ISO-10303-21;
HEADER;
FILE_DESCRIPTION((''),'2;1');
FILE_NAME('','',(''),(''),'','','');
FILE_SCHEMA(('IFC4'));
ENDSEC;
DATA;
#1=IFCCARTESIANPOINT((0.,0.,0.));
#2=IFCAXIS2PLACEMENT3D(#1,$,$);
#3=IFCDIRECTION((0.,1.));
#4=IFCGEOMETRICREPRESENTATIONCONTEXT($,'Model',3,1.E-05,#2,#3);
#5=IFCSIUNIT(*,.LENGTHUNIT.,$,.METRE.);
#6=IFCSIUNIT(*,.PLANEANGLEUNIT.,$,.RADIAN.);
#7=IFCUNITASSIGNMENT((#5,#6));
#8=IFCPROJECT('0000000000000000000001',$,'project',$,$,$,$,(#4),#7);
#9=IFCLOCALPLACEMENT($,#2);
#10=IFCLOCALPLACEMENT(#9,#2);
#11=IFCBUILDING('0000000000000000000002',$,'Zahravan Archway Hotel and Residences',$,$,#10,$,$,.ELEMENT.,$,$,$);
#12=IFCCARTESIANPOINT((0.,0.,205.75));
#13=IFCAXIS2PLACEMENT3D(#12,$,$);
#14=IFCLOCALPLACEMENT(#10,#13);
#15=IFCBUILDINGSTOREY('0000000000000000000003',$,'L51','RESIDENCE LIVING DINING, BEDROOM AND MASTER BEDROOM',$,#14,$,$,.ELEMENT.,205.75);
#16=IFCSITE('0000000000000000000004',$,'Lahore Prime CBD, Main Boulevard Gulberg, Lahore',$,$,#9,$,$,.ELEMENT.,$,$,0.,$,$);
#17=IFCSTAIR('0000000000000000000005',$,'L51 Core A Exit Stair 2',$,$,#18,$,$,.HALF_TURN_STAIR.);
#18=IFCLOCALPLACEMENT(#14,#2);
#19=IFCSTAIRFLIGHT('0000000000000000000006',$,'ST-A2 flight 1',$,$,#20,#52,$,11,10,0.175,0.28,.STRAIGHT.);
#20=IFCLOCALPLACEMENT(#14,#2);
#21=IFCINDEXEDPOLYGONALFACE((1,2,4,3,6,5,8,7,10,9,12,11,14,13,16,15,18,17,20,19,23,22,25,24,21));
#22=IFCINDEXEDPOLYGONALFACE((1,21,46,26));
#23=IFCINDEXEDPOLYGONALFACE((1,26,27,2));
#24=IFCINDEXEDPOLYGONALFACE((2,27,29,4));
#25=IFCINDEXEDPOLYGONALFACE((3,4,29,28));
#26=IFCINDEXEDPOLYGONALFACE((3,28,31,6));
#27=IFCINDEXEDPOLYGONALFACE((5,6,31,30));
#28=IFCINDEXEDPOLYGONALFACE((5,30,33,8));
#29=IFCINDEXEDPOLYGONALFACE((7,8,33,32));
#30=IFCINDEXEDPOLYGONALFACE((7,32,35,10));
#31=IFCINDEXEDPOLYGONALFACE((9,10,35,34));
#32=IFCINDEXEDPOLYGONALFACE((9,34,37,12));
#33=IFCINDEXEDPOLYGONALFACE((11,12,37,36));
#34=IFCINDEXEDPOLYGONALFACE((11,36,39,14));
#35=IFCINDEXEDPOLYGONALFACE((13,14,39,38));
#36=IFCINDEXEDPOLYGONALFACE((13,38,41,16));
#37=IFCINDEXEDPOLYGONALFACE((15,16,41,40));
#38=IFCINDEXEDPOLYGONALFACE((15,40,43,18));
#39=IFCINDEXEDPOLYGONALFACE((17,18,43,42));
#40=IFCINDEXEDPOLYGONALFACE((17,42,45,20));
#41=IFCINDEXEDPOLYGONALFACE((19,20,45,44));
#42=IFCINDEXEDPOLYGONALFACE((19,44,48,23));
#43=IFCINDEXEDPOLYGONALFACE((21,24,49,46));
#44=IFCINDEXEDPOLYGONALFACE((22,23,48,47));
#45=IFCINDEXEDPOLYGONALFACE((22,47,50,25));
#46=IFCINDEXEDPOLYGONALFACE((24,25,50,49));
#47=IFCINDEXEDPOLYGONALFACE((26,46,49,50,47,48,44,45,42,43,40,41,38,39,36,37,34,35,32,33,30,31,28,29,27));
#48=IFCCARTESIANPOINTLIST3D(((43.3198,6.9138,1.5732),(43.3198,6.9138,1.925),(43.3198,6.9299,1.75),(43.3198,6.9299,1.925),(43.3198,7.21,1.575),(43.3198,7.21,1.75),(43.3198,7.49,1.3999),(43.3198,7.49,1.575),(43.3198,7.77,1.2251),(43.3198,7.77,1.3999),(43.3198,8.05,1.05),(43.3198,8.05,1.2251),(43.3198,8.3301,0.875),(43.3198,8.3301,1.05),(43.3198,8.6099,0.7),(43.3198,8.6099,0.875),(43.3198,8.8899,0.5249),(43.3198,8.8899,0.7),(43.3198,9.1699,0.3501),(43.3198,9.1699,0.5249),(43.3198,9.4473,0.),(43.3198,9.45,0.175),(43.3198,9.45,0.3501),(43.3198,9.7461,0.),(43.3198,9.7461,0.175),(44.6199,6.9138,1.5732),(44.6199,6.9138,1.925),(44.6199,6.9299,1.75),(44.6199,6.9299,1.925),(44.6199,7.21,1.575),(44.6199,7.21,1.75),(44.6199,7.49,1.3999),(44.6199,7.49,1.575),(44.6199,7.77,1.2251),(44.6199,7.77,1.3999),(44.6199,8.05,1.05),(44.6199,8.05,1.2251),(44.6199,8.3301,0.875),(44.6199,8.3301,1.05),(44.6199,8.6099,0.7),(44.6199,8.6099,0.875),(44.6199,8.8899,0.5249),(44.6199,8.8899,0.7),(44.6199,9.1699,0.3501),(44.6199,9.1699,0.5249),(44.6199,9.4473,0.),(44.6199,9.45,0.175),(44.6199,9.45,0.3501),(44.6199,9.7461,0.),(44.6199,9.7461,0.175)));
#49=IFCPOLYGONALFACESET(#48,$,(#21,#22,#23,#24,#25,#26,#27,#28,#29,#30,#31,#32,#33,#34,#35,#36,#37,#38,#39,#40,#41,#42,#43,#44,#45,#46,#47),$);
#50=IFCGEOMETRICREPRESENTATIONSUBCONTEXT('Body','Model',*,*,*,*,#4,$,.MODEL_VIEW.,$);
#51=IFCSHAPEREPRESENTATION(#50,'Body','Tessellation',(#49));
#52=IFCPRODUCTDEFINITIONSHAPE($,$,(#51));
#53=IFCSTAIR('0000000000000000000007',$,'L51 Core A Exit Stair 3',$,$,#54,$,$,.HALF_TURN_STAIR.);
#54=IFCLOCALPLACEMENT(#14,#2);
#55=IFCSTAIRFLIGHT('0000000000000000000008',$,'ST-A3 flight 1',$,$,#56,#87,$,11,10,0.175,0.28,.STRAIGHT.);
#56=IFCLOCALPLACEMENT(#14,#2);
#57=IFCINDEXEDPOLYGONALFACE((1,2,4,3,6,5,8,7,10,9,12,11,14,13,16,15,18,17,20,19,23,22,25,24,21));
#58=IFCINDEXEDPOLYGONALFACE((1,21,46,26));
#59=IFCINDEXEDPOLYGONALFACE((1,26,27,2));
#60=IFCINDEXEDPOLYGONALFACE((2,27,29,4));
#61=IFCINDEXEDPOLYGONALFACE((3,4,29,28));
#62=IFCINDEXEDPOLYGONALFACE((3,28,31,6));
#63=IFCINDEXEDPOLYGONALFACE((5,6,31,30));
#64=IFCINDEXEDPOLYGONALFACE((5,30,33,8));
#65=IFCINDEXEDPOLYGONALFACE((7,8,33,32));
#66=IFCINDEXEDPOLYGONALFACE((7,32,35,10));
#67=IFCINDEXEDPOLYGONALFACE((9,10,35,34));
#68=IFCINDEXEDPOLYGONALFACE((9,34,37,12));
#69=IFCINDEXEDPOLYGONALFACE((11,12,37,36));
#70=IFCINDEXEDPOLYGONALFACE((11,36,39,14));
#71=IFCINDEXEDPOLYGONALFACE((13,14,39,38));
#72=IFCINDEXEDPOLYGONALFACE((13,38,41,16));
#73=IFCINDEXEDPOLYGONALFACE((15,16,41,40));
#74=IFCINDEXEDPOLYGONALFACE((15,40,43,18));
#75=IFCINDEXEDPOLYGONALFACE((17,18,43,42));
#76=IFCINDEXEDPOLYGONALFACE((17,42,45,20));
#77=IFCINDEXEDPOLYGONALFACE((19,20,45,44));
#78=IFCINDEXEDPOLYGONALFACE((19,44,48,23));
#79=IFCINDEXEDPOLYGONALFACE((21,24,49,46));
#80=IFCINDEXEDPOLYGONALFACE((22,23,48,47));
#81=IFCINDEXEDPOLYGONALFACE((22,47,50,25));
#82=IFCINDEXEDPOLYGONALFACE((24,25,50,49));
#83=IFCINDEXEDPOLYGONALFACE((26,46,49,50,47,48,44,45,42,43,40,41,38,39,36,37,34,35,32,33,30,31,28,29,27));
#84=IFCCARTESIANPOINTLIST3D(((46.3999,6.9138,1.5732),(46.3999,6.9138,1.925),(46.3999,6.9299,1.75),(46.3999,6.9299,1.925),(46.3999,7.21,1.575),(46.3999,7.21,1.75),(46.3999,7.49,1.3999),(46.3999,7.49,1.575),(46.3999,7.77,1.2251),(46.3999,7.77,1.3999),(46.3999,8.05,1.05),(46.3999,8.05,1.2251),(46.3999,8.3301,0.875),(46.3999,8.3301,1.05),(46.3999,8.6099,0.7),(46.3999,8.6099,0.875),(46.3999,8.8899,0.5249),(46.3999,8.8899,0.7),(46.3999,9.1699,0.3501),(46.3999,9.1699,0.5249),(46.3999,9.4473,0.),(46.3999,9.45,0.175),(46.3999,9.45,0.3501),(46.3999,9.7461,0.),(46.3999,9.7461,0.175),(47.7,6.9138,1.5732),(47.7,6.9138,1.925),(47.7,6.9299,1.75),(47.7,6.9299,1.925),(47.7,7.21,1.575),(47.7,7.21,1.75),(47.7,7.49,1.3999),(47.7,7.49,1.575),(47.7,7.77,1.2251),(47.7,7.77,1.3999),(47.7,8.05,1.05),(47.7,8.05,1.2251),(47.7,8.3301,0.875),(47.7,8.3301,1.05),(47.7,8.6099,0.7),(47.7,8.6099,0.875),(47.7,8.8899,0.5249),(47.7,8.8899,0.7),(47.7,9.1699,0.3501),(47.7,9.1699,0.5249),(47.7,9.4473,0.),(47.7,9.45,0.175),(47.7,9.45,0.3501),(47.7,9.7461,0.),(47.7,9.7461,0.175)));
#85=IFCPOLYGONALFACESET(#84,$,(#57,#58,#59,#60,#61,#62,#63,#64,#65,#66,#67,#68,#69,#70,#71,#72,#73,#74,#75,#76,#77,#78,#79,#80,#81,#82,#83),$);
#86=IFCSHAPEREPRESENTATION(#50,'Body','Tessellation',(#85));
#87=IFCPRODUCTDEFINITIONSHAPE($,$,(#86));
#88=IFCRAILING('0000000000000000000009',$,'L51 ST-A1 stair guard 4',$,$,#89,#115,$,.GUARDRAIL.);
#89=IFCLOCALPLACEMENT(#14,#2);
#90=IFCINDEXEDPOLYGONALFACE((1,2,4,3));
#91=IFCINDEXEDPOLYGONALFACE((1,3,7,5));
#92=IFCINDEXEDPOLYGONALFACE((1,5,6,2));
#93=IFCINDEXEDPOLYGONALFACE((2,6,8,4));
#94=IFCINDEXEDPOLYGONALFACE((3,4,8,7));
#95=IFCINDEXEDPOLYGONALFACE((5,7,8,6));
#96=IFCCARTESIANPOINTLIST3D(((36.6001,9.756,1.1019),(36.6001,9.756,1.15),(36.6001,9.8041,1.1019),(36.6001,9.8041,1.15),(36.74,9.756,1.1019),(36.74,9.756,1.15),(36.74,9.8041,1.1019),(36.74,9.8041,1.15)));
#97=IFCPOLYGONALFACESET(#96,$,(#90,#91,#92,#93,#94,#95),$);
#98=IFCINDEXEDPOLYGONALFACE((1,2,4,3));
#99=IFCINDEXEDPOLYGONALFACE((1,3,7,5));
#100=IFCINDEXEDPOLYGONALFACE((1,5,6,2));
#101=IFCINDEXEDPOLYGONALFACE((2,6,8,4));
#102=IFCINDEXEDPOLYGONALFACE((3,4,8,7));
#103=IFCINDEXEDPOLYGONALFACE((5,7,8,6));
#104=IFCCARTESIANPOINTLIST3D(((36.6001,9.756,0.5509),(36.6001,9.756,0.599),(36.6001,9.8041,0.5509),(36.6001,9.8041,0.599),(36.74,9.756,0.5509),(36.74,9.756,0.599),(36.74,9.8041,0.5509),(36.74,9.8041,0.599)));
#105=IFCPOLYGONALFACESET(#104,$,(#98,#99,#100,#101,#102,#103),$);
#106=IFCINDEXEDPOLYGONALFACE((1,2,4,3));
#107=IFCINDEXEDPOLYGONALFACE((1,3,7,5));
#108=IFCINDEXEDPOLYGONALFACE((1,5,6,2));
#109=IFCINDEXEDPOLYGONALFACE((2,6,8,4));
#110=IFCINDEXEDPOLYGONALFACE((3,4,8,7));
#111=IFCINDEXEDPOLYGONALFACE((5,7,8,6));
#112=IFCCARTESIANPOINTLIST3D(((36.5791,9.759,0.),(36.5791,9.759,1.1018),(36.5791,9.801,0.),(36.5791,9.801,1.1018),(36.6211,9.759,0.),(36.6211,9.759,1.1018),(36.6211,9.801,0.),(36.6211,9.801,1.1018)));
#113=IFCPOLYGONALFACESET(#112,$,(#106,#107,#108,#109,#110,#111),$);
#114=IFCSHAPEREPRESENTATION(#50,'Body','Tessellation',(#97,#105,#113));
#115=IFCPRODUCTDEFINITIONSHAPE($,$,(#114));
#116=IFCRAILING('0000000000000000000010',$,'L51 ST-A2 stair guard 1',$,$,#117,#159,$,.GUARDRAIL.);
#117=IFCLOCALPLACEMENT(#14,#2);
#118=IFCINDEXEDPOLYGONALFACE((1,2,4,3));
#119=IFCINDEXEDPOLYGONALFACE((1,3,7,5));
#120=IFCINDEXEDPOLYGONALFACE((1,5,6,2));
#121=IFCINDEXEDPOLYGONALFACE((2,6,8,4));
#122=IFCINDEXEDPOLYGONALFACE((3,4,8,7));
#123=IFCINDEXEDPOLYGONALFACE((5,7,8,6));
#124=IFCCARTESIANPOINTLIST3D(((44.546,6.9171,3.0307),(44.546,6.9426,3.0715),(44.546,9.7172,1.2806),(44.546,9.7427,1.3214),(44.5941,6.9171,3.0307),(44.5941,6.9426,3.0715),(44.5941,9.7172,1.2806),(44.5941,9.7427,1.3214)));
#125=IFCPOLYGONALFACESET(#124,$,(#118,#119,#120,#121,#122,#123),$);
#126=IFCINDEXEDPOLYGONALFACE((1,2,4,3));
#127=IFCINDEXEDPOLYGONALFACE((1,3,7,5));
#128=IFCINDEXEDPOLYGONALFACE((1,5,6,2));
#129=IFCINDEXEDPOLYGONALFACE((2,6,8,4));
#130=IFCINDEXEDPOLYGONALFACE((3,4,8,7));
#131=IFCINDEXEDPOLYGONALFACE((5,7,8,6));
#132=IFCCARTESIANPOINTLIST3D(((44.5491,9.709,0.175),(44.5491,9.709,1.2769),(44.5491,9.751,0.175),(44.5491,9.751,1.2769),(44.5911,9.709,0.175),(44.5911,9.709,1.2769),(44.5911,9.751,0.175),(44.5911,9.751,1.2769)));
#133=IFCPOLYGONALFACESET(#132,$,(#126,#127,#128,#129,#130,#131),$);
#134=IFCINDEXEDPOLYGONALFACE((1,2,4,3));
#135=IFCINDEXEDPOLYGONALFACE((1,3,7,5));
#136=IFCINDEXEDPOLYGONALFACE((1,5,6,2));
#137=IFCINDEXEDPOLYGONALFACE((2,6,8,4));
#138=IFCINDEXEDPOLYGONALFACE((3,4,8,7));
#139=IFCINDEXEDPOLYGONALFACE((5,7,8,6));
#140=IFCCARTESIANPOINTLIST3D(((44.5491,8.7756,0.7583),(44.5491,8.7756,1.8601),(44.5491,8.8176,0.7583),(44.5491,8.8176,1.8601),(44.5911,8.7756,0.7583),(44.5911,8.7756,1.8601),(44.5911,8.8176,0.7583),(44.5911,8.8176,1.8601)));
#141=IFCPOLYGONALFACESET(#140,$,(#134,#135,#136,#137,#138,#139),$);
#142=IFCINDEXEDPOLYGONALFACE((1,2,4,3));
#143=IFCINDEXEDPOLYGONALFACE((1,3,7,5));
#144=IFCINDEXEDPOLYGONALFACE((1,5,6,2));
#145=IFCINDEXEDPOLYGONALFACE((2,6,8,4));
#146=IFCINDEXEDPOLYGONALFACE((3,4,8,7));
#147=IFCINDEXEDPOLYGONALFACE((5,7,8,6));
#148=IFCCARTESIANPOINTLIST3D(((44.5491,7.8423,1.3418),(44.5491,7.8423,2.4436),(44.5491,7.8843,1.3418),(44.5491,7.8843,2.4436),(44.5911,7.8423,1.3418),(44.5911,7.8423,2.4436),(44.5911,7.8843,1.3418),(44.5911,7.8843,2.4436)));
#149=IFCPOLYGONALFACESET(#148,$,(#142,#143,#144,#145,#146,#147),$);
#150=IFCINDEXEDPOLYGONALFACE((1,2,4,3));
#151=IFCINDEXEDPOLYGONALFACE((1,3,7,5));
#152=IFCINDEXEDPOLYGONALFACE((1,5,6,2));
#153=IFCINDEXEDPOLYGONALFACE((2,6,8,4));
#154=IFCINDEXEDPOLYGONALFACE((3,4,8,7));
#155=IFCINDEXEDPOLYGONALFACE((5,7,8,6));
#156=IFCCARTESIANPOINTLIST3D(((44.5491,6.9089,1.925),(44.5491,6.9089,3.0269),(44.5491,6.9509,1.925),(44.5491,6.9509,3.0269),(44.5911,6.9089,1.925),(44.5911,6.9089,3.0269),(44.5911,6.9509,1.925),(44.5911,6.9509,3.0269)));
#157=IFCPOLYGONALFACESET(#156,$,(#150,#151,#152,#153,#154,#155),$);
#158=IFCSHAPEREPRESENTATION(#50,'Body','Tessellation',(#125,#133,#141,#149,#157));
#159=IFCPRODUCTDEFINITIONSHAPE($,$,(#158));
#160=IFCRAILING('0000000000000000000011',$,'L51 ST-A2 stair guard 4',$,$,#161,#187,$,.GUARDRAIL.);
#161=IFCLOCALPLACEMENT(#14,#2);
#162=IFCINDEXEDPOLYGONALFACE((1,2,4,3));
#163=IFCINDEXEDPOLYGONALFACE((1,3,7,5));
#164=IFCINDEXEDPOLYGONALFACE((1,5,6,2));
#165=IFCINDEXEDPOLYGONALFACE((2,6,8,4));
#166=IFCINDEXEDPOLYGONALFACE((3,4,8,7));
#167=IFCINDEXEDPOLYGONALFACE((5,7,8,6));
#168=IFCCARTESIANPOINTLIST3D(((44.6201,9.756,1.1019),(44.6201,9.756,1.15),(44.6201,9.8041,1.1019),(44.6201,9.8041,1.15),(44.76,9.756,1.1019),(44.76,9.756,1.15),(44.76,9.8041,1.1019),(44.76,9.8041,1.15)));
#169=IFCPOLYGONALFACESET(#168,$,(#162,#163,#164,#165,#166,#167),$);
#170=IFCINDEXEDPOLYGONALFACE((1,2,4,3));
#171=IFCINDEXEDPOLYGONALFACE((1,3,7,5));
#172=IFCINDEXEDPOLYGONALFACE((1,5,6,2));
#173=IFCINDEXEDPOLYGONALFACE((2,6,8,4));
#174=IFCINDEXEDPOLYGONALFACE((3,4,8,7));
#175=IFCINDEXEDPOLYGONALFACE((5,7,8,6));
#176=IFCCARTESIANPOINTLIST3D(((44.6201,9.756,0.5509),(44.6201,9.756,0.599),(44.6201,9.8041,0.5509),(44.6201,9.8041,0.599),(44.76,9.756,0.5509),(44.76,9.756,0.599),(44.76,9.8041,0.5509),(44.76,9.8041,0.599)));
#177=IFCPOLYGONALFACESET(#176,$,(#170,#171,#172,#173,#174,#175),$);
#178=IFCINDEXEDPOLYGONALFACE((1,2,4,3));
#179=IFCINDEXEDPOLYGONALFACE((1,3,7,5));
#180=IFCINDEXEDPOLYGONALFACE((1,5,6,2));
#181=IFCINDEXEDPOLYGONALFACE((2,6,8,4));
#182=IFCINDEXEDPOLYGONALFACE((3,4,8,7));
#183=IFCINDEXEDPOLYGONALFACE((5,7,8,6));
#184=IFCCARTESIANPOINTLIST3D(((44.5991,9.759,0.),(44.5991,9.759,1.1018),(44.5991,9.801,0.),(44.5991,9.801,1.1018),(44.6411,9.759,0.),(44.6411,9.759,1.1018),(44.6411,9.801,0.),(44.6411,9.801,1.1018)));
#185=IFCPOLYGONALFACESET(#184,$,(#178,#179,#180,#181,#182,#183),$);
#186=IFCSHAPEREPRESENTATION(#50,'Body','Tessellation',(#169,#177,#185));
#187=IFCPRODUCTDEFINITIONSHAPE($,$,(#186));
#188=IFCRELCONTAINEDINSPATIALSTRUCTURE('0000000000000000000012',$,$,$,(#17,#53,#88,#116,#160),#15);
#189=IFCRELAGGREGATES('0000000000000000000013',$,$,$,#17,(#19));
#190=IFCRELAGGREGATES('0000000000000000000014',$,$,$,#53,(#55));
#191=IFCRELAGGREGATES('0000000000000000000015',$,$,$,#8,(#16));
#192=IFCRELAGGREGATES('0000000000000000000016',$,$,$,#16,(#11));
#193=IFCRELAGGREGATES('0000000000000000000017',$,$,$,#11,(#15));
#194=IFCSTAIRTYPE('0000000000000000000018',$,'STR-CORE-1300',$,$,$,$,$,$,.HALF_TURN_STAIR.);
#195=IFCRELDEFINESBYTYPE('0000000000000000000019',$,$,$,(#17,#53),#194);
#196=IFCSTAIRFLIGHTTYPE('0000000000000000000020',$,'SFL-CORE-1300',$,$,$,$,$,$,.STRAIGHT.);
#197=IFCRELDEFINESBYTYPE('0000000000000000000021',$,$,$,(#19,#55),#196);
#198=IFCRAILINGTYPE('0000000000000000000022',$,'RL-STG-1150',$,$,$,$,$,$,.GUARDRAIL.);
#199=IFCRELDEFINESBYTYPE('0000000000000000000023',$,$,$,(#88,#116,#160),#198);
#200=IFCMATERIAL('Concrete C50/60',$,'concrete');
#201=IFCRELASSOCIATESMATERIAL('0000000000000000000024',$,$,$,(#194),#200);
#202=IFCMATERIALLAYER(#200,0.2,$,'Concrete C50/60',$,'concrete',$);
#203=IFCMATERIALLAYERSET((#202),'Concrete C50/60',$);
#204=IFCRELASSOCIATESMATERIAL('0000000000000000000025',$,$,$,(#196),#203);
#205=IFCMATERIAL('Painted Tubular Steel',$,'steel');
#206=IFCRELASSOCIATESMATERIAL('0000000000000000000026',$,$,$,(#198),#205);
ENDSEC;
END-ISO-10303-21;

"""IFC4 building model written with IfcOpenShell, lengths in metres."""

from ifc_helpers import new_model, si_unit, direction, frame, origin, origin_2d, place, context, subcontext, project, spatial, polyline, rectangle, outline, extrude, source, transform, mapped, material, layer, layer_set, type_object, element, aggregate, save


model = new_model("IFC4")

# Units and contexts
model_context = context("Model", 3, precision=1e-05, world=origin(), true_north=direction((0.0, 1.0)))
body_context = subcontext(model_context, "Body", "Model", "MODEL_VIEW")
ifc_project = project(units=[si_unit("LENGTHUNIT", "METRE"), si_unit("PLANEANGLEUNIT", "RADIAN")], contexts=[model_context])

# Site, building, storey
site_placement = place(None, origin())
site = spatial("IfcSite", under=ifc_project, at=site_placement, Name="Lahore Prime CBD, Main Boulevard Gulberg, Lahore", CompositionType="ELEMENT", RefElevation=0.0)
building_placement = place(site_placement, origin())
building = spatial("IfcBuilding", under=site, at=building_placement, Name="Zahravan Archway Hotel and Residences", CompositionType="ELEMENT")
storey_placement = place(building_placement, frame((0.0, 0.0, 205.75)))
storey = spatial("IfcBuildingStorey", under=building, at=storey_placement, Name="L51", Description="RESIDENCE LIVING DINING, BEDROOM AND MASTER BEDROOM", CompositionType="ELEMENT", Elevation=205.75)

# Shared definitions
ifc_material_1 = material(Name="Concrete C50/60", Category="concrete")

# Stairs, stair flights
stair_type = type_object("IfcStairType", Name="STR-CORE-1300", PredefinedType="HALF_TURN_STAIR", material=ifc_material_1)
stair_1_placement = place(storey_placement, origin())
stair_1 = element("IfcStair", 1, at=stair_1_placement, inside=storey, type_object=stair_type, Name="L51 Core A Exit Stair 2", PredefinedType="HALF_TURN_STAIR")
ifc_layer_1 = layer(ifc_material_1, 0.2, Name="Concrete C50/60", Category="concrete")
ifc_layer_set_1 = layer_set([ifc_layer_1], Name="Concrete C50/60")
stair_flight_type = type_object("IfcStairFlightType", Name="SFL-CORE-1300", PredefinedType="STRAIGHT", material=ifc_layer_set_1)
shared_shape_1 = source(origin(), body_context, "Body", "SweptSolid", [
    extrude(outline(polyline([(-0.0161, 0.0), (-0.0161, 0.175), (0.28, 0.175), (0.28, 0.3501), (0.5601, 0.3501), (0.5601, 0.5249), (0.8401, 0.5249), (0.8401, 0.7), (1.1201, 0.7), (1.1201, 0.875), (1.3999, 0.875), (1.3999, 1.05), (1.6799, 1.05), (1.6799, 1.2251), (1.96, 1.2251), (1.96, 1.3999), (2.24, 1.3999), (2.24, 1.575), (2.52, 1.575), (2.52, 1.75), (2.8, 1.75), (2.8, 1.925), (2.8162, 1.925), (2.8162, 1.5732), (0.2827, 0.0), (-0.0161, 0.0)])), frame((0.0, 0.6499, 0.0), z_axis=(0.0, -1.0, 0.0), x_axis=(1.0, 0.0, 0.0)), (0.0, 0.0, 1.0), 1.3),
])
stair_flight_1_placement = place(storey_placement, frame((43.97, 9.73, 0.0), z_axis=(0.0, 0.0, 1.0), x_axis=(0.0, -1.0, 0.0)))
stair_flight_1 = element("IfcStairFlight", 2, at=stair_flight_1_placement, type_object=stair_flight_type, Name="ST-A2 flight 1", NumberOfRisers=11, NumberOfTreads=10, PredefinedType="STRAIGHT", RiserHeight=0.175, TreadLength=0.28, context=body_context, shape_type="MappedRepresentation", body=[
    mapped(shared_shape_1, transform((0.0, 0.0, 0.0), scale=1.0)),
])
aggregate(stair_1, [stair_flight_1])
stair_2_placement = place(storey_placement, origin())
stair_2 = element("IfcStair", 3, at=stair_2_placement, inside=storey, type_object=stair_type, Name="L51 Core A Exit Stair 3", PredefinedType="HALF_TURN_STAIR")
stair_flight_2_placement = place(storey_placement, frame((47.05, 9.73, 0.0), z_axis=(0.0, 0.0, 1.0), x_axis=(0.0, -1.0, 0.0)))
stair_flight_2 = element("IfcStairFlight", 4, at=stair_flight_2_placement, type_object=stair_flight_type, Name="ST-A3 flight 1", NumberOfRisers=11, NumberOfTreads=10, PredefinedType="STRAIGHT", RiserHeight=0.175, TreadLength=0.28, context=body_context, shape_type="MappedRepresentation", body=[
    mapped(shared_shape_1, transform((0.0, 0.0, 0.0), scale=1.0)),
])
aggregate(stair_2, [stair_flight_2])

# Railings
ifc_material_2 = material(Name="Painted Tubular Steel", Category="steel")
railing_type_1 = type_object("IfcRailingType", Name="RL-STG-1150", PredefinedType="GUARDRAIL", material=ifc_material_2)
railing_1_placement = place(storey_placement, frame((36.6001, 9.78, 0.0)))
element("IfcRailing", 5, at=railing_1_placement, inside=storey, type_object=railing_type_1, Name="L51 ST-A1 stair guard 4", PredefinedType="GUARDRAIL", context=body_context, shape_type="SweptSolid", body=[
    extrude(rectangle(XDim=0.0481, YDim=0.0481, at=origin_2d()), frame((0.0, 0.0, 1.126), z_axis=(1.0, 0.0, 0.0), x_axis=(0.0, 1.0, 0.0)), (0.0, 0.0, 1.0), 0.1399),
    extrude(rectangle(XDim=0.0481, YDim=0.0481, at=origin_2d()), frame((0.0, 0.0, 0.575), z_axis=(1.0, 0.0, 0.0), x_axis=(0.0, 1.0, 0.0)), (0.0, 0.0, 1.0), 0.1399),
    extrude(rectangle(XDim=0.042, YDim=0.042, at=origin_2d()), origin(), (0.0, 0.0, 1.0), 1.1018),
])
railing_2_placement = place(storey_placement, frame((44.5701, 9.73, 0.175)))
element("IfcRailing", 6, at=railing_2_placement, inside=storey, type_object=railing_type_1, Name="L51 ST-A2 stair guard 1", PredefinedType="GUARDRAIL", context=body_context, shape_type="SweptSolid", body=[
    extrude(rectangle(XDim=0.0481, YDim=0.0481, at=origin_2d()), frame((0.0, 0.0, 1.126), z_axis=(0.0, -0.848002, 0.529992), x_axis=(1.0, 0.0, 0.0)), (0.0, 0.0, 1.0), 3.302),
    extrude(rectangle(XDim=0.042, YDim=0.042, at=origin_2d()), origin(), (0.0, 0.0, 1.0), 1.1018),
    extrude(rectangle(XDim=0.042, YDim=0.042, at=origin_2d()), frame((0.0, -0.9333, 0.5833)), (0.0, 0.0, 1.0), 1.1018),
    extrude(rectangle(XDim=0.042, YDim=0.042, at=origin_2d()), frame((0.0, -1.8667, 1.1667)), (0.0, 0.0, 1.0), 1.1018),
    extrude(rectangle(XDim=0.042, YDim=0.042, at=origin_2d()), frame((0.0, -2.8, 1.75)), (0.0, 0.0, 1.0), 1.1018),
])
railing_3_placement = place(storey_placement, frame((44.6201, 9.78, 0.0)))
element("IfcRailing", 7, at=railing_3_placement, inside=storey, type_object=railing_type_1, Name="L51 ST-A2 stair guard 4", PredefinedType="GUARDRAIL", context=body_context, shape_type="SweptSolid", body=[
    extrude(rectangle(XDim=0.0481, YDim=0.0481, at=origin_2d()), frame((0.0, 0.0, 1.126), z_axis=(1.0, 0.0, 0.0), x_axis=(0.0, 1.0, 0.0)), (0.0, 0.0, 1.0), 0.1399),
    extrude(rectangle(XDim=0.0481, YDim=0.0481, at=origin_2d()), frame((0.0, 0.0, 0.575), z_axis=(1.0, 0.0, 0.0), x_axis=(0.0, 1.0, 0.0)), (0.0, 0.0, 1.0), 0.1399),
    extrude(rectangle(XDim=0.042, YDim=0.042, at=origin_2d()), origin(), (0.0, 0.0, 1.0), 1.1018),
])

save(model, "model.ifc")
